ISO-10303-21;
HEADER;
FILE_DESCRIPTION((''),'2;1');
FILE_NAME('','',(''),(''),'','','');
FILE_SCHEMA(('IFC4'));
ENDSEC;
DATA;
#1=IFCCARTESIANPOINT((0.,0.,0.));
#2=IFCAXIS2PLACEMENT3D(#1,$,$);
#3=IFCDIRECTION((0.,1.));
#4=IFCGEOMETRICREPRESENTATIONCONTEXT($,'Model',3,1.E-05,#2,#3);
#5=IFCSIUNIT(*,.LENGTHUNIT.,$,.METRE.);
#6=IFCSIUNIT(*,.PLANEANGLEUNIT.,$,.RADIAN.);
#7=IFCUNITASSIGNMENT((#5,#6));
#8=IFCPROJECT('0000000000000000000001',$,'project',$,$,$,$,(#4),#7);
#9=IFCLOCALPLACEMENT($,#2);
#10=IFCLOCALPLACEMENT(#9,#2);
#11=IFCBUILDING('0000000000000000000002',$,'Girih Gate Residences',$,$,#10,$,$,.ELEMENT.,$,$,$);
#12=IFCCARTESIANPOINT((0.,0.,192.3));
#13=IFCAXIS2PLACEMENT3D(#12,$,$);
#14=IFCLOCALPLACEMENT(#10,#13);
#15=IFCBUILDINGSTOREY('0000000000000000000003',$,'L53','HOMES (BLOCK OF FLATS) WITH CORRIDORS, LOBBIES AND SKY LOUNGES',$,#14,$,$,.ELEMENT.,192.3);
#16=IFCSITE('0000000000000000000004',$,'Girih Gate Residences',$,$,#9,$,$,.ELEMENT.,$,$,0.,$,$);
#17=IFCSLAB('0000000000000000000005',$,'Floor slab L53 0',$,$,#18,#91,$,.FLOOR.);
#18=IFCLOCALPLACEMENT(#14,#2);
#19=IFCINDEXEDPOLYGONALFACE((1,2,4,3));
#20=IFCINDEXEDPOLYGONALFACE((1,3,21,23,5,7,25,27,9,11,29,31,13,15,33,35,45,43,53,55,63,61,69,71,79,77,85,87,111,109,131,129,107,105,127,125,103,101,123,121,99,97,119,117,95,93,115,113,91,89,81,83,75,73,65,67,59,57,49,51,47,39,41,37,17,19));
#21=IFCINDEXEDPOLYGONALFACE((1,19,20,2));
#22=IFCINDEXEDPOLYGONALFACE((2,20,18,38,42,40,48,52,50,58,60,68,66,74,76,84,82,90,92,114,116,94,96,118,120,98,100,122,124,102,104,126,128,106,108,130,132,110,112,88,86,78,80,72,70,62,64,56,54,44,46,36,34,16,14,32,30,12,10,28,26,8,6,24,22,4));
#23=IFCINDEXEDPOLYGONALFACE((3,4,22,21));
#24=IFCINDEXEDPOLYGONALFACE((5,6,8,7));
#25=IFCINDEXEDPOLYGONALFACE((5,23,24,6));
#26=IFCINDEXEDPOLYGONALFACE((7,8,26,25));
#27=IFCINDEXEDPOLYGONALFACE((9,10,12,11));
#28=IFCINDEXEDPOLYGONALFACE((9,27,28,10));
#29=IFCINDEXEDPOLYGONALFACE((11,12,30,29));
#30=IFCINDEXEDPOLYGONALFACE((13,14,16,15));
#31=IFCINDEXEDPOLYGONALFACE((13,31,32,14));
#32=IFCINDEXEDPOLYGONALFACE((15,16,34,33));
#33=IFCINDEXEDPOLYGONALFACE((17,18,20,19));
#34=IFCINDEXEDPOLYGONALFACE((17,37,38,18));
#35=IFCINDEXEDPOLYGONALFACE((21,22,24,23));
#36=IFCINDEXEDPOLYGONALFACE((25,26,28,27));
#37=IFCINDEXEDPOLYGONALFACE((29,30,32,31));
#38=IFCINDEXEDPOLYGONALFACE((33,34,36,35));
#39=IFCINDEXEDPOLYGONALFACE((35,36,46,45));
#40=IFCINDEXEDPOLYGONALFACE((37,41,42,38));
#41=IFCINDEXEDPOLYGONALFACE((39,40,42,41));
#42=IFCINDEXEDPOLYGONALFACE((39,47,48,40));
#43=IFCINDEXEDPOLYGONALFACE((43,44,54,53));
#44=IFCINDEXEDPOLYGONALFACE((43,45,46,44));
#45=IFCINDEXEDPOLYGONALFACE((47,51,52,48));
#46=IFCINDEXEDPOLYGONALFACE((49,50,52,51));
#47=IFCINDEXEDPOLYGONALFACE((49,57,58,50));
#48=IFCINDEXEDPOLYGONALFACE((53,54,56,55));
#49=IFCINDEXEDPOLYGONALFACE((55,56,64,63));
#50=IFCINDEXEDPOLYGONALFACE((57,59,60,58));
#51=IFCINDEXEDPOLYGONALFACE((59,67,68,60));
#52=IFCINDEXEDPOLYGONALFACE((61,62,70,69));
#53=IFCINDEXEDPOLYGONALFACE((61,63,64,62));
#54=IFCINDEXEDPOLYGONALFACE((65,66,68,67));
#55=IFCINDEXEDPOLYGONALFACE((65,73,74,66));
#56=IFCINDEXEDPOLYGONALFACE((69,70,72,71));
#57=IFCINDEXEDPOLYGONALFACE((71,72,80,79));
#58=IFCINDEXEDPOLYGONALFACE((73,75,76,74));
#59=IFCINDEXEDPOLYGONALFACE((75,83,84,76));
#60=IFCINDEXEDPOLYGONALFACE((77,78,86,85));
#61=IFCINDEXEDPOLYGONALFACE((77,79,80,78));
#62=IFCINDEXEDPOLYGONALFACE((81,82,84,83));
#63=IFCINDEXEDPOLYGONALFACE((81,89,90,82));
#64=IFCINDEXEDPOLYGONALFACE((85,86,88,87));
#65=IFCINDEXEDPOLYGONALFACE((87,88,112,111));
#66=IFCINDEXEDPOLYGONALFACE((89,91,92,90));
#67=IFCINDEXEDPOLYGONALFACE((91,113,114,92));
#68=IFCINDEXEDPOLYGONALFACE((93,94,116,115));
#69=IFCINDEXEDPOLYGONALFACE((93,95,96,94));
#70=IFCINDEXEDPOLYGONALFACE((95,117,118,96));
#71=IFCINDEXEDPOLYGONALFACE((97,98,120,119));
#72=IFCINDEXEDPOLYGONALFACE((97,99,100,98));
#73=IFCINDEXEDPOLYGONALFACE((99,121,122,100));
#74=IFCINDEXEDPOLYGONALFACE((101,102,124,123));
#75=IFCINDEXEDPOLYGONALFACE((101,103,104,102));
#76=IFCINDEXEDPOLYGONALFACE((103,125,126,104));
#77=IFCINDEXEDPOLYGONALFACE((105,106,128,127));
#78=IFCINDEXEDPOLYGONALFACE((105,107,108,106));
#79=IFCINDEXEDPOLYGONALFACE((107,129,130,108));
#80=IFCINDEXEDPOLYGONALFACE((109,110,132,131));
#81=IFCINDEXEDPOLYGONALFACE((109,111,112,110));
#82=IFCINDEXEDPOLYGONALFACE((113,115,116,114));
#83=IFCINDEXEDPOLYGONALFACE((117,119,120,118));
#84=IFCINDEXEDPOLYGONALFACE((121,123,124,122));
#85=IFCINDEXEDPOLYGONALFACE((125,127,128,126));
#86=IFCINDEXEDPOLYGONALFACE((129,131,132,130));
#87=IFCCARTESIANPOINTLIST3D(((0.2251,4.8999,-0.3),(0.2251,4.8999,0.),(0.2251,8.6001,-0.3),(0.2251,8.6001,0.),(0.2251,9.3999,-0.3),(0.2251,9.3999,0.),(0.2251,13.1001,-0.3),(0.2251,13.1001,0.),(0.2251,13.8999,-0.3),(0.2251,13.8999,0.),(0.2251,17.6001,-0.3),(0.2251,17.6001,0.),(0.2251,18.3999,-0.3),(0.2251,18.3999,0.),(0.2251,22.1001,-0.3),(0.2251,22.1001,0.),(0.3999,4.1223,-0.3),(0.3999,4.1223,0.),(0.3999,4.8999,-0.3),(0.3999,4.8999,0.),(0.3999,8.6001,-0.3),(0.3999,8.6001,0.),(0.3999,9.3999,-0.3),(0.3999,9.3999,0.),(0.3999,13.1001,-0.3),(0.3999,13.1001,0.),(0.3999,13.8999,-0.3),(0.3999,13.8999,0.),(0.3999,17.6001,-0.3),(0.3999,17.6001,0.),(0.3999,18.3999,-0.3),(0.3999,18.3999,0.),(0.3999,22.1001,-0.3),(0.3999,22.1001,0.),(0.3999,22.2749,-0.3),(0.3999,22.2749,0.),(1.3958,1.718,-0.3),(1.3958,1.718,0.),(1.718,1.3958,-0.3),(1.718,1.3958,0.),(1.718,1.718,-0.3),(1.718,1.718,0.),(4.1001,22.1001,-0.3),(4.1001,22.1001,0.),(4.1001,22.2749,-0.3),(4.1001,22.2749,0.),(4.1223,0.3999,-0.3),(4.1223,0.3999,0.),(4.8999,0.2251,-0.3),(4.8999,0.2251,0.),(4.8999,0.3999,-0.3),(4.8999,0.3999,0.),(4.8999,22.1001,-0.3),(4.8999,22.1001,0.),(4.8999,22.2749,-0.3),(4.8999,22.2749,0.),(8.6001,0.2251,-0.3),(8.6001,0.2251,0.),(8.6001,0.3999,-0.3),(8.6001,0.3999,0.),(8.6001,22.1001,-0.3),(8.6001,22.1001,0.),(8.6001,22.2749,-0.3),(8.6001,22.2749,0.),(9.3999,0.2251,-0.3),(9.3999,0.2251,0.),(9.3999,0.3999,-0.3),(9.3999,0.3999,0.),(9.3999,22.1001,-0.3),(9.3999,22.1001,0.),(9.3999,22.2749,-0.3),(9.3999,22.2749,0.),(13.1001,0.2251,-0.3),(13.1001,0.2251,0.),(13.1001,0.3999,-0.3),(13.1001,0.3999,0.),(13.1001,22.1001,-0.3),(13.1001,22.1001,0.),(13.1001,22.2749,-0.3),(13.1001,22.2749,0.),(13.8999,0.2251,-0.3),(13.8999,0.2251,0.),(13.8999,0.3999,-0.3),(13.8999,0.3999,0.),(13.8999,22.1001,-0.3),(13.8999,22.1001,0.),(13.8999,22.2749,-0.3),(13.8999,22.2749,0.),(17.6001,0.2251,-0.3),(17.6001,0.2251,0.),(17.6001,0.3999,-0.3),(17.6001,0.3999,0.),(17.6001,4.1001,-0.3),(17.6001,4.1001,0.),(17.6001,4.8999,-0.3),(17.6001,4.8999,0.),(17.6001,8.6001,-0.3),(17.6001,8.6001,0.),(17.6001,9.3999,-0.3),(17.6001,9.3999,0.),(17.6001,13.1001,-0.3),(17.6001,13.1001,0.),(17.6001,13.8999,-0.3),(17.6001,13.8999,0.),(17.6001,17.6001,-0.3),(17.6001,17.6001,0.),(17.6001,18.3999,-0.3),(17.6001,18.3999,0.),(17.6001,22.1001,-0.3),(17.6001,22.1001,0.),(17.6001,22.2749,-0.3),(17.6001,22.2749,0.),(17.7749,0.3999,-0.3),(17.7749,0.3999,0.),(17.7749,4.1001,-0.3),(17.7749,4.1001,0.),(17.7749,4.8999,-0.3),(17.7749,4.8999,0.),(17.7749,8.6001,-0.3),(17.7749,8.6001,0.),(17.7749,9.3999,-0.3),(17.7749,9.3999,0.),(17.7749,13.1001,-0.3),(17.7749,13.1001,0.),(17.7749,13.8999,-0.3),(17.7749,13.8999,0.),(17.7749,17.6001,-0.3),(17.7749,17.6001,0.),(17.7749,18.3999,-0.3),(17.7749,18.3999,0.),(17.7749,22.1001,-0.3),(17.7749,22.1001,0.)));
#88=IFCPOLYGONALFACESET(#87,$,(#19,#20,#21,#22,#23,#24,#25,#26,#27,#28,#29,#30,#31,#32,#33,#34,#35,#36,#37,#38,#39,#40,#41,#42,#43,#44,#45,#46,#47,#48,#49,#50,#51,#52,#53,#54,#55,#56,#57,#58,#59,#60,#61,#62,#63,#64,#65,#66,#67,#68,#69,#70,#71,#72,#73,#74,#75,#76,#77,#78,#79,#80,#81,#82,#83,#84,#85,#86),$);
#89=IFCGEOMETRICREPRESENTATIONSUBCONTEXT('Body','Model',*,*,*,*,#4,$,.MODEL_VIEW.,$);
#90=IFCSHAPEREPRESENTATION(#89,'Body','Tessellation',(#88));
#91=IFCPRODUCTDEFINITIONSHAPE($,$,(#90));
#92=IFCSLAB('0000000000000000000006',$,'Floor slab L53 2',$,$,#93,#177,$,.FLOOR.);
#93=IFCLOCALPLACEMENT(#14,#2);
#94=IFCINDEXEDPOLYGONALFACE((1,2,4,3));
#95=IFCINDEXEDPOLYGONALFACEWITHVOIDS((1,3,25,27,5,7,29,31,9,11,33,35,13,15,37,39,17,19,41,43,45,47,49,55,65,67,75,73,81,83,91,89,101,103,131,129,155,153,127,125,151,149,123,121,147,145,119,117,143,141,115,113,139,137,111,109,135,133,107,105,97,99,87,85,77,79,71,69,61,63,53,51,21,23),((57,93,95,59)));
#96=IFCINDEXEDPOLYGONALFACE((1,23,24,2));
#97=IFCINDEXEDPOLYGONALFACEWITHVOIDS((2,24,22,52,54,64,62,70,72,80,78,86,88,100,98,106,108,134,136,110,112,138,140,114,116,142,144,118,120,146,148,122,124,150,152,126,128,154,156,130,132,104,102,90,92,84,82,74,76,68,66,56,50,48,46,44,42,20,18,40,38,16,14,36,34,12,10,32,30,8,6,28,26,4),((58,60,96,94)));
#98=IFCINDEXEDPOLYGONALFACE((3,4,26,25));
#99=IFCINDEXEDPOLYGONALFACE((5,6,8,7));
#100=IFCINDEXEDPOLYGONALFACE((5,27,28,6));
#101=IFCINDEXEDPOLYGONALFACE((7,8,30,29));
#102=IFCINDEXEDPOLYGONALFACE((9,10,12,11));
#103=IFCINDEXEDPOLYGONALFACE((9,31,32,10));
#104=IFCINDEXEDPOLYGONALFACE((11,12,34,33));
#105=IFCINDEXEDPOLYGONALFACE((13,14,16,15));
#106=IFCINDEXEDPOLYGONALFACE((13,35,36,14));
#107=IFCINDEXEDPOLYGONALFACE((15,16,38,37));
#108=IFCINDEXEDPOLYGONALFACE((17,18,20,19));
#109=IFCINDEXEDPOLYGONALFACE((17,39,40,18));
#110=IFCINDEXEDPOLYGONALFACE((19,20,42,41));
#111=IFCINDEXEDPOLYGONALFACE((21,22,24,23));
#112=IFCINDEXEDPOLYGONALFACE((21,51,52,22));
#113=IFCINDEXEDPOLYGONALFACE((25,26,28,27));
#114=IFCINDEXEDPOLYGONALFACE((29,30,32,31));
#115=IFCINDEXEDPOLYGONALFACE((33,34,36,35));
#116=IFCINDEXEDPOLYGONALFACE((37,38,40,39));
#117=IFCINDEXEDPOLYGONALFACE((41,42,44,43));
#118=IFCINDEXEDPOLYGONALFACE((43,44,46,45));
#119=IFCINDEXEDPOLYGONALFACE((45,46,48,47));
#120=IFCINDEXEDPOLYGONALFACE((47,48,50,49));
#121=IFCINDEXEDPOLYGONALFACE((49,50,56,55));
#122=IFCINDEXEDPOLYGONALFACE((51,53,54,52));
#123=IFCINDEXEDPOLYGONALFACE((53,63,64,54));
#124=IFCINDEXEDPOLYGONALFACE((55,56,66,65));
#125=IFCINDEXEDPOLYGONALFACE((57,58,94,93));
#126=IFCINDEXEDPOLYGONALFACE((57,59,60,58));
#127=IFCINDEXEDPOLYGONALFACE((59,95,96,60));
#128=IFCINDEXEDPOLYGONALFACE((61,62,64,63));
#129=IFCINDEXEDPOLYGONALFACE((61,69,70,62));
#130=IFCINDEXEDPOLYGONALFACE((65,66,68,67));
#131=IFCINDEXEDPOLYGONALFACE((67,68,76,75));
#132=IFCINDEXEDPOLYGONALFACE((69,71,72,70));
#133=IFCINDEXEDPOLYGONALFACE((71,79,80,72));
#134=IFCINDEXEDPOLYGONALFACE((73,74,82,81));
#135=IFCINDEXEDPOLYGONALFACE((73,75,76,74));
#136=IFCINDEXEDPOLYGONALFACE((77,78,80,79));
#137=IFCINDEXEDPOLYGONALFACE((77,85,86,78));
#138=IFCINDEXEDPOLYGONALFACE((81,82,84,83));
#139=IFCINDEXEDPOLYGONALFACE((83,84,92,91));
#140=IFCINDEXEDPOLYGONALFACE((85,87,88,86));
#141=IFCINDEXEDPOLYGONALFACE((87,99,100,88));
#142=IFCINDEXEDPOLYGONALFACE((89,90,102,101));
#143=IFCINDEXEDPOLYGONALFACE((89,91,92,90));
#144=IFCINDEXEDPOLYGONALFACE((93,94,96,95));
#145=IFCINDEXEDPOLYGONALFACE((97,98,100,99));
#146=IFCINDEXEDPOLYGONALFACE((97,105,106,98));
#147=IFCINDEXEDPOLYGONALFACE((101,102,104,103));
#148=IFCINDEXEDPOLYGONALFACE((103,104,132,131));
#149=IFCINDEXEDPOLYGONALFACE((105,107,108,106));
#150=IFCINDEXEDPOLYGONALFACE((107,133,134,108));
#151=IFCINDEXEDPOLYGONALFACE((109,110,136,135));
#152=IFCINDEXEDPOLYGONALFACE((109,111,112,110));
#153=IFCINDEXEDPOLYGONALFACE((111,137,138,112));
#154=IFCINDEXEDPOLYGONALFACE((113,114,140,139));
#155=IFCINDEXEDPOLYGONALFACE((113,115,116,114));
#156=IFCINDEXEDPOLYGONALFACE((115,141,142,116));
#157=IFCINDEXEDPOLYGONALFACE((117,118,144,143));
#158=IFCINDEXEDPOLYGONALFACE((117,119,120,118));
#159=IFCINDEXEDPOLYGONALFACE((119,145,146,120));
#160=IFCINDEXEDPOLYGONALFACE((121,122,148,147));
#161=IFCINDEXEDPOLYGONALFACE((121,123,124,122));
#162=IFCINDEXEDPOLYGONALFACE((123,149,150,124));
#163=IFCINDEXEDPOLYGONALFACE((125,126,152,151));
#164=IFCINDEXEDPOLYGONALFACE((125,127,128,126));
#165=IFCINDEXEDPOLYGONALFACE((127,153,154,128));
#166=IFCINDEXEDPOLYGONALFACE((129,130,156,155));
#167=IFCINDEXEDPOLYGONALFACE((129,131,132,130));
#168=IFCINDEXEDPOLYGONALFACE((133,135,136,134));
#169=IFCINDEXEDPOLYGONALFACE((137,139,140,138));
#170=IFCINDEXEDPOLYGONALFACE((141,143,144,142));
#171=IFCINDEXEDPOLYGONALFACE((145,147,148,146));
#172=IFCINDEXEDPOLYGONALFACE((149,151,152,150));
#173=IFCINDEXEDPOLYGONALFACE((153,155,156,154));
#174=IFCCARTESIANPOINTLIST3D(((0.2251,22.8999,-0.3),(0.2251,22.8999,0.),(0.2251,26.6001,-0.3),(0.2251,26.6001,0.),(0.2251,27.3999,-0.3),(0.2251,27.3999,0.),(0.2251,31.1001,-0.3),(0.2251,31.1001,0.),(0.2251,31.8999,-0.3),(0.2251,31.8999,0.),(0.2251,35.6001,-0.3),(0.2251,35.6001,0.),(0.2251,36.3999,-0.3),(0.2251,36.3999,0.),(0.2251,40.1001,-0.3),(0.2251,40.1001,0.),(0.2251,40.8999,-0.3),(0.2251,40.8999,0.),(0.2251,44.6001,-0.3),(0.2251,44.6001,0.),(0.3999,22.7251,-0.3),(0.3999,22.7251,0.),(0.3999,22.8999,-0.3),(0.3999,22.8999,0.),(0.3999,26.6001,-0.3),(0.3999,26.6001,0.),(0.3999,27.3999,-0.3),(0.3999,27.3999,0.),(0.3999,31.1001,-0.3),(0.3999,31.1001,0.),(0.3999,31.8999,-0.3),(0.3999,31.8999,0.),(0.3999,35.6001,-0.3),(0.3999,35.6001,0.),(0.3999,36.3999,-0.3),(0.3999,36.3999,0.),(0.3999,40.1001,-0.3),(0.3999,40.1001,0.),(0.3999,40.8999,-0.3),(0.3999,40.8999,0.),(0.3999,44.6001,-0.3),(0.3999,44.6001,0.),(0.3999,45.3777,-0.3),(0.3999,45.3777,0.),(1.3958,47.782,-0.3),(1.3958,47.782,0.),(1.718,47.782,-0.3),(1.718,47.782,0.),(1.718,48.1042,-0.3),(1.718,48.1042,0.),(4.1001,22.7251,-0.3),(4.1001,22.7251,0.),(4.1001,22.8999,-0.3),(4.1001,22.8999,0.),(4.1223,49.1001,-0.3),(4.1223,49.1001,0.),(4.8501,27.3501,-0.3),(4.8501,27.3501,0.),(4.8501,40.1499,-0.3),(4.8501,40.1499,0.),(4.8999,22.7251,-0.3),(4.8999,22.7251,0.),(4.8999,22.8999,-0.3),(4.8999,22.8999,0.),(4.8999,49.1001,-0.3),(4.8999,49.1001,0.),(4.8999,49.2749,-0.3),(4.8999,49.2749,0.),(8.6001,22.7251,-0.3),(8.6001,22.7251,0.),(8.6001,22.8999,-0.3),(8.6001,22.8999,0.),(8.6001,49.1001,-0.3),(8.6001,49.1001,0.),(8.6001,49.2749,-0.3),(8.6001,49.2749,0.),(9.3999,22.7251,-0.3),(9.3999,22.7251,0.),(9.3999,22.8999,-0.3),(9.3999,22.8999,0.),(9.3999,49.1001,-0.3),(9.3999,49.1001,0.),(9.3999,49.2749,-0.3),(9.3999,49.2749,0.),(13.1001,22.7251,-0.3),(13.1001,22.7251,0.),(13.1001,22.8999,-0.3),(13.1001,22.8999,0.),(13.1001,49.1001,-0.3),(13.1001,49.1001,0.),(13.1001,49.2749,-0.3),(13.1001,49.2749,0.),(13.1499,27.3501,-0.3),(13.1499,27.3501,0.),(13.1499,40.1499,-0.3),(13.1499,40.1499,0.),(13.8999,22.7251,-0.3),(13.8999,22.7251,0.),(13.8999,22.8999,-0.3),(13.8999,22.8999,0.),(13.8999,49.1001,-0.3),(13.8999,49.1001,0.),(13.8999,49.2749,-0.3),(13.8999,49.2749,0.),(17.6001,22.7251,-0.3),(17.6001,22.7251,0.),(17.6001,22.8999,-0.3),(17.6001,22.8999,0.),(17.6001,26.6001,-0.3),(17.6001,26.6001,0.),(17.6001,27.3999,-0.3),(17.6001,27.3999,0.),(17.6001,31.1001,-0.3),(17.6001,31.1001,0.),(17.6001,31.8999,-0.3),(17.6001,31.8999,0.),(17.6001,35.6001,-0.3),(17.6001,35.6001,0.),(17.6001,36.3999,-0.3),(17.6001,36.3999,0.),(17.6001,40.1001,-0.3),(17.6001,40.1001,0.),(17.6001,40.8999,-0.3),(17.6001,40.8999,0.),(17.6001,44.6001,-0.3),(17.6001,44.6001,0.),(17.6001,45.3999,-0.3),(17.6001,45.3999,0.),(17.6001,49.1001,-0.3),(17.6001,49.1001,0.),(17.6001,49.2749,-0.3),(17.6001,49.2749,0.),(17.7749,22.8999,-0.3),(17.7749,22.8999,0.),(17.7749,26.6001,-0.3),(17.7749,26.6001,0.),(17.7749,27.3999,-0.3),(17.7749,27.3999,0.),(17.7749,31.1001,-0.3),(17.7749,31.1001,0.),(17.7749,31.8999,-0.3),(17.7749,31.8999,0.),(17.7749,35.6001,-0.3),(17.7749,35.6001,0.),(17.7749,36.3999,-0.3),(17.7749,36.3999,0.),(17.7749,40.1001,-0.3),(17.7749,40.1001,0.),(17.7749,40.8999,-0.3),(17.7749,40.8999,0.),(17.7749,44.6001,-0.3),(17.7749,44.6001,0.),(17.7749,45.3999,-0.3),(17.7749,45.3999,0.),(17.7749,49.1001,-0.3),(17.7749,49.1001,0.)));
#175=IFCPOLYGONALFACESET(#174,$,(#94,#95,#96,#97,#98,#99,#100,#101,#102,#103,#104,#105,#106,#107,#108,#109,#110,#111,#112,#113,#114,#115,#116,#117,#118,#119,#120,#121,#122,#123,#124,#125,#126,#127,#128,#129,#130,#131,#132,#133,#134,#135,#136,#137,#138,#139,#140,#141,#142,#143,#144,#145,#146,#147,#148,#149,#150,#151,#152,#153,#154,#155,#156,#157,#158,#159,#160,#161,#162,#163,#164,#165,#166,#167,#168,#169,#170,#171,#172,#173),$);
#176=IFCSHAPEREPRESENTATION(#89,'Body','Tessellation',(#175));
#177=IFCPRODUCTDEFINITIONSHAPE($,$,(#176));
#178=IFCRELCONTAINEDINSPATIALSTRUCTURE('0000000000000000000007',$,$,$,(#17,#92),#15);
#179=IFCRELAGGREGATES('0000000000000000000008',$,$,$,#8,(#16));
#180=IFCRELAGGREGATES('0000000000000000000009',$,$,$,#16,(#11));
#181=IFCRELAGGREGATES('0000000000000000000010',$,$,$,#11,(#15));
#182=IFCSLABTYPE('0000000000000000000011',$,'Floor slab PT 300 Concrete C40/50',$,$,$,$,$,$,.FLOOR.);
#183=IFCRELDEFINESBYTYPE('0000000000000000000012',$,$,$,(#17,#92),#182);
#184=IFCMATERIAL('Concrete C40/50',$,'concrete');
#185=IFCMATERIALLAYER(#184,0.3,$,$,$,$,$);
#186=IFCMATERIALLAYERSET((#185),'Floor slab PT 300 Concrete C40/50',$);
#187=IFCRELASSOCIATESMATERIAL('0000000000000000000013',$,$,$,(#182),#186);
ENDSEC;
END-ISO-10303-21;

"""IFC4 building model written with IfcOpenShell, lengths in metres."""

from ifc_helpers import new_model, si_unit, direction, frame, origin, place, context, subcontext, project, spatial, polyline, outline, extrude, material, layer, layer_set, type_object, element, save


model = new_model("IFC4")

# Units and contexts
model_context = context("Model", 3, precision=1e-05, world=origin(), true_north=direction((0.0, 1.0)))
body_context = subcontext(model_context, "Body", "Model", "MODEL_VIEW")
ifc_project = project(units=[si_unit("LENGTHUNIT", "METRE"), si_unit("PLANEANGLEUNIT", "RADIAN")], contexts=[model_context])

# Site, building, storey
site_placement = place(None, origin())
site = spatial("IfcSite", under=ifc_project, at=site_placement, Name="Girih Gate Residences", CompositionType="ELEMENT", RefElevation=0.0)
building_placement = place(site_placement, origin())
building = spatial("IfcBuilding", under=site, at=building_placement, Name="Girih Gate Residences", CompositionType="ELEMENT")
storey_placement = place(building_placement, frame((0.0, 0.0, 192.3)))
storey = spatial("IfcBuildingStorey", under=building, at=storey_placement, Name="L53", Description="HOMES (BLOCK OF FLATS) WITH CORRIDORS, LOBBIES AND SKY LOUNGES", CompositionType="ELEMENT", Elevation=192.3)

# Slabs
ifc_material_1 = material(Name="Concrete C40/50", Category="concrete")
ifc_layer_1 = layer(ifc_material_1, 0.3)
ifc_layer_set_1 = layer_set([ifc_layer_1], Name="Floor slab PT 300 Concrete C40/50")
slab_type_1 = type_object("IfcSlabType", Name="Floor slab PT 300 Concrete C40/50", PredefinedType="FLOOR", material=ifc_layer_set_1)
slab_1_placement = place(storey_placement, frame((0.0, 0.0, -0.3)))
element("IfcSlab", 1, at=slab_1_placement, inside=storey, type_object=slab_type_1, Name="Floor slab L53 0", PredefinedType="FLOOR", context=body_context, shape_type="SweptSolid", body=[
    extrude(outline(polyline([(13.8999, 0.2251), (17.6001, 0.2251), (17.6001, 0.3999), (17.7749, 0.3999), (17.7749, 4.1001), (17.6001, 4.1001), (17.6001, 4.8999), (17.7749, 4.8999), (17.7749, 8.6001), (17.6001, 8.6001), (17.6001, 9.3999), (17.7749, 9.3999), (17.7749, 13.1001), (17.6001, 13.1001), (17.6001, 13.8999), (17.7749, 13.8999), (17.7749, 17.6001), (17.6001, 17.6001), (17.6001, 18.3999), (17.7749, 18.3999), (17.7749, 22.1001), (17.6001, 22.1001), (17.6001, 22.2749), (13.8999, 22.2749), (13.8999, 22.1001), (13.1001, 22.1001), (13.1001, 22.2749), (9.3999, 22.2749), (9.3999, 22.1001), (8.6001, 22.1001), (8.6001, 22.2749), (4.8999, 22.2749), (4.8999, 22.1001), (4.1001, 22.1001), (4.1001, 22.2749), (0.3999, 22.2749), (0.3999, 22.1001), (0.2251, 22.1001), (0.2251, 18.3999), (0.3999, 18.3999), (0.3999, 17.6001), (0.2251, 17.6001), (0.2251, 13.8999), (0.3999, 13.8999), (0.3999, 13.1001), (0.2251, 13.1001), (0.2251, 9.3999), (0.3999, 9.3999), (0.3999, 8.6001), (0.2251, 8.6001), (0.2251, 4.8999), (0.3999, 4.8999), (0.3999, 4.1223), (1.3958, 1.718), (1.718, 1.718), (1.718, 1.3958), (4.1223, 0.3999), (4.8999, 0.3999), (4.8999, 0.2251), (8.6001, 0.2251), (8.6001, 0.3999), (9.3999, 0.3999), (9.3999, 0.2251), (13.1001, 0.2251), (13.1001, 0.3999), (13.8999, 0.3999), (13.8999, 0.2251)])), origin(), (0.0, 0.0, 1.0), 0.3),
])
slab_2_placement = place(storey_placement, frame((0.0, 0.0, -0.3)))
element("IfcSlab", 2, at=slab_2_placement, inside=storey, type_object=slab_type_1, Name="Floor slab L53 2", PredefinedType="FLOOR", context=body_context, shape_type="SweptSolid", body=[
    extrude(outline(polyline([(0.2251, 26.6001), (0.2251, 22.8999), (0.3999, 22.8999), (0.3999, 22.7251), (4.1001, 22.7251), (4.1001, 22.8999), (4.8999, 22.8999), (4.8999, 22.7251), (8.6001, 22.7251), (8.6001, 22.8999), (9.3999, 22.8999), (9.3999, 22.7251), (13.1001, 22.7251), (13.1001, 22.8999), (13.8999, 22.8999), (13.8999, 22.7251), (17.6001, 22.7251), (17.6001, 22.8999), (17.7749, 22.8999), (17.7749, 26.6001), (17.6001, 26.6001), (17.6001, 27.3999), (17.7749, 27.3999), (17.7749, 31.1001), (17.6001, 31.1001), (17.6001, 31.8999), (17.7749, 31.8999), (17.7749, 35.6001), (17.6001, 35.6001), (17.6001, 36.3999), (17.7749, 36.3999), (17.7749, 40.1001), (17.6001, 40.1001), (17.6001, 40.8999), (17.7749, 40.8999), (17.7749, 44.6001), (17.6001, 44.6001), (17.6001, 45.3999), (17.7749, 45.3999), (17.7749, 49.1001), (17.6001, 49.1001), (17.6001, 49.2749), (13.8999, 49.2749), (13.8999, 49.1001), (13.1001, 49.1001), (13.1001, 49.2749), (9.3999, 49.2749), (9.3999, 49.1001), (8.6001, 49.1001), (8.6001, 49.2749), (4.8999, 49.2749), (4.8999, 49.1001), (4.1223, 49.1001), (1.718, 48.1042), (1.718, 47.782), (1.3958, 47.782), (0.3999, 45.3777), (0.3999, 44.6001), (0.2251, 44.6001), (0.2251, 40.8999), (0.3999, 40.8999), (0.3999, 40.1001), (0.2251, 40.1001), (0.2251, 36.3999), (0.3999, 36.3999), (0.3999, 35.6001), (0.2251, 35.6001), (0.2251, 31.8999), (0.3999, 31.8999), (0.3999, 31.1001), (0.2251, 31.1001), (0.2251, 27.3999), (0.3999, 27.3999), (0.3999, 26.6001), (0.2251, 26.6001)]), holes=[polyline([(13.1499, 40.1499), (13.1499, 27.3501), (4.8501, 27.3501), (4.8501, 40.1499), (13.1499, 40.1499)])]), origin(), (0.0, 0.0, 1.0), 0.3),
])

save(model, "model.ifc")
